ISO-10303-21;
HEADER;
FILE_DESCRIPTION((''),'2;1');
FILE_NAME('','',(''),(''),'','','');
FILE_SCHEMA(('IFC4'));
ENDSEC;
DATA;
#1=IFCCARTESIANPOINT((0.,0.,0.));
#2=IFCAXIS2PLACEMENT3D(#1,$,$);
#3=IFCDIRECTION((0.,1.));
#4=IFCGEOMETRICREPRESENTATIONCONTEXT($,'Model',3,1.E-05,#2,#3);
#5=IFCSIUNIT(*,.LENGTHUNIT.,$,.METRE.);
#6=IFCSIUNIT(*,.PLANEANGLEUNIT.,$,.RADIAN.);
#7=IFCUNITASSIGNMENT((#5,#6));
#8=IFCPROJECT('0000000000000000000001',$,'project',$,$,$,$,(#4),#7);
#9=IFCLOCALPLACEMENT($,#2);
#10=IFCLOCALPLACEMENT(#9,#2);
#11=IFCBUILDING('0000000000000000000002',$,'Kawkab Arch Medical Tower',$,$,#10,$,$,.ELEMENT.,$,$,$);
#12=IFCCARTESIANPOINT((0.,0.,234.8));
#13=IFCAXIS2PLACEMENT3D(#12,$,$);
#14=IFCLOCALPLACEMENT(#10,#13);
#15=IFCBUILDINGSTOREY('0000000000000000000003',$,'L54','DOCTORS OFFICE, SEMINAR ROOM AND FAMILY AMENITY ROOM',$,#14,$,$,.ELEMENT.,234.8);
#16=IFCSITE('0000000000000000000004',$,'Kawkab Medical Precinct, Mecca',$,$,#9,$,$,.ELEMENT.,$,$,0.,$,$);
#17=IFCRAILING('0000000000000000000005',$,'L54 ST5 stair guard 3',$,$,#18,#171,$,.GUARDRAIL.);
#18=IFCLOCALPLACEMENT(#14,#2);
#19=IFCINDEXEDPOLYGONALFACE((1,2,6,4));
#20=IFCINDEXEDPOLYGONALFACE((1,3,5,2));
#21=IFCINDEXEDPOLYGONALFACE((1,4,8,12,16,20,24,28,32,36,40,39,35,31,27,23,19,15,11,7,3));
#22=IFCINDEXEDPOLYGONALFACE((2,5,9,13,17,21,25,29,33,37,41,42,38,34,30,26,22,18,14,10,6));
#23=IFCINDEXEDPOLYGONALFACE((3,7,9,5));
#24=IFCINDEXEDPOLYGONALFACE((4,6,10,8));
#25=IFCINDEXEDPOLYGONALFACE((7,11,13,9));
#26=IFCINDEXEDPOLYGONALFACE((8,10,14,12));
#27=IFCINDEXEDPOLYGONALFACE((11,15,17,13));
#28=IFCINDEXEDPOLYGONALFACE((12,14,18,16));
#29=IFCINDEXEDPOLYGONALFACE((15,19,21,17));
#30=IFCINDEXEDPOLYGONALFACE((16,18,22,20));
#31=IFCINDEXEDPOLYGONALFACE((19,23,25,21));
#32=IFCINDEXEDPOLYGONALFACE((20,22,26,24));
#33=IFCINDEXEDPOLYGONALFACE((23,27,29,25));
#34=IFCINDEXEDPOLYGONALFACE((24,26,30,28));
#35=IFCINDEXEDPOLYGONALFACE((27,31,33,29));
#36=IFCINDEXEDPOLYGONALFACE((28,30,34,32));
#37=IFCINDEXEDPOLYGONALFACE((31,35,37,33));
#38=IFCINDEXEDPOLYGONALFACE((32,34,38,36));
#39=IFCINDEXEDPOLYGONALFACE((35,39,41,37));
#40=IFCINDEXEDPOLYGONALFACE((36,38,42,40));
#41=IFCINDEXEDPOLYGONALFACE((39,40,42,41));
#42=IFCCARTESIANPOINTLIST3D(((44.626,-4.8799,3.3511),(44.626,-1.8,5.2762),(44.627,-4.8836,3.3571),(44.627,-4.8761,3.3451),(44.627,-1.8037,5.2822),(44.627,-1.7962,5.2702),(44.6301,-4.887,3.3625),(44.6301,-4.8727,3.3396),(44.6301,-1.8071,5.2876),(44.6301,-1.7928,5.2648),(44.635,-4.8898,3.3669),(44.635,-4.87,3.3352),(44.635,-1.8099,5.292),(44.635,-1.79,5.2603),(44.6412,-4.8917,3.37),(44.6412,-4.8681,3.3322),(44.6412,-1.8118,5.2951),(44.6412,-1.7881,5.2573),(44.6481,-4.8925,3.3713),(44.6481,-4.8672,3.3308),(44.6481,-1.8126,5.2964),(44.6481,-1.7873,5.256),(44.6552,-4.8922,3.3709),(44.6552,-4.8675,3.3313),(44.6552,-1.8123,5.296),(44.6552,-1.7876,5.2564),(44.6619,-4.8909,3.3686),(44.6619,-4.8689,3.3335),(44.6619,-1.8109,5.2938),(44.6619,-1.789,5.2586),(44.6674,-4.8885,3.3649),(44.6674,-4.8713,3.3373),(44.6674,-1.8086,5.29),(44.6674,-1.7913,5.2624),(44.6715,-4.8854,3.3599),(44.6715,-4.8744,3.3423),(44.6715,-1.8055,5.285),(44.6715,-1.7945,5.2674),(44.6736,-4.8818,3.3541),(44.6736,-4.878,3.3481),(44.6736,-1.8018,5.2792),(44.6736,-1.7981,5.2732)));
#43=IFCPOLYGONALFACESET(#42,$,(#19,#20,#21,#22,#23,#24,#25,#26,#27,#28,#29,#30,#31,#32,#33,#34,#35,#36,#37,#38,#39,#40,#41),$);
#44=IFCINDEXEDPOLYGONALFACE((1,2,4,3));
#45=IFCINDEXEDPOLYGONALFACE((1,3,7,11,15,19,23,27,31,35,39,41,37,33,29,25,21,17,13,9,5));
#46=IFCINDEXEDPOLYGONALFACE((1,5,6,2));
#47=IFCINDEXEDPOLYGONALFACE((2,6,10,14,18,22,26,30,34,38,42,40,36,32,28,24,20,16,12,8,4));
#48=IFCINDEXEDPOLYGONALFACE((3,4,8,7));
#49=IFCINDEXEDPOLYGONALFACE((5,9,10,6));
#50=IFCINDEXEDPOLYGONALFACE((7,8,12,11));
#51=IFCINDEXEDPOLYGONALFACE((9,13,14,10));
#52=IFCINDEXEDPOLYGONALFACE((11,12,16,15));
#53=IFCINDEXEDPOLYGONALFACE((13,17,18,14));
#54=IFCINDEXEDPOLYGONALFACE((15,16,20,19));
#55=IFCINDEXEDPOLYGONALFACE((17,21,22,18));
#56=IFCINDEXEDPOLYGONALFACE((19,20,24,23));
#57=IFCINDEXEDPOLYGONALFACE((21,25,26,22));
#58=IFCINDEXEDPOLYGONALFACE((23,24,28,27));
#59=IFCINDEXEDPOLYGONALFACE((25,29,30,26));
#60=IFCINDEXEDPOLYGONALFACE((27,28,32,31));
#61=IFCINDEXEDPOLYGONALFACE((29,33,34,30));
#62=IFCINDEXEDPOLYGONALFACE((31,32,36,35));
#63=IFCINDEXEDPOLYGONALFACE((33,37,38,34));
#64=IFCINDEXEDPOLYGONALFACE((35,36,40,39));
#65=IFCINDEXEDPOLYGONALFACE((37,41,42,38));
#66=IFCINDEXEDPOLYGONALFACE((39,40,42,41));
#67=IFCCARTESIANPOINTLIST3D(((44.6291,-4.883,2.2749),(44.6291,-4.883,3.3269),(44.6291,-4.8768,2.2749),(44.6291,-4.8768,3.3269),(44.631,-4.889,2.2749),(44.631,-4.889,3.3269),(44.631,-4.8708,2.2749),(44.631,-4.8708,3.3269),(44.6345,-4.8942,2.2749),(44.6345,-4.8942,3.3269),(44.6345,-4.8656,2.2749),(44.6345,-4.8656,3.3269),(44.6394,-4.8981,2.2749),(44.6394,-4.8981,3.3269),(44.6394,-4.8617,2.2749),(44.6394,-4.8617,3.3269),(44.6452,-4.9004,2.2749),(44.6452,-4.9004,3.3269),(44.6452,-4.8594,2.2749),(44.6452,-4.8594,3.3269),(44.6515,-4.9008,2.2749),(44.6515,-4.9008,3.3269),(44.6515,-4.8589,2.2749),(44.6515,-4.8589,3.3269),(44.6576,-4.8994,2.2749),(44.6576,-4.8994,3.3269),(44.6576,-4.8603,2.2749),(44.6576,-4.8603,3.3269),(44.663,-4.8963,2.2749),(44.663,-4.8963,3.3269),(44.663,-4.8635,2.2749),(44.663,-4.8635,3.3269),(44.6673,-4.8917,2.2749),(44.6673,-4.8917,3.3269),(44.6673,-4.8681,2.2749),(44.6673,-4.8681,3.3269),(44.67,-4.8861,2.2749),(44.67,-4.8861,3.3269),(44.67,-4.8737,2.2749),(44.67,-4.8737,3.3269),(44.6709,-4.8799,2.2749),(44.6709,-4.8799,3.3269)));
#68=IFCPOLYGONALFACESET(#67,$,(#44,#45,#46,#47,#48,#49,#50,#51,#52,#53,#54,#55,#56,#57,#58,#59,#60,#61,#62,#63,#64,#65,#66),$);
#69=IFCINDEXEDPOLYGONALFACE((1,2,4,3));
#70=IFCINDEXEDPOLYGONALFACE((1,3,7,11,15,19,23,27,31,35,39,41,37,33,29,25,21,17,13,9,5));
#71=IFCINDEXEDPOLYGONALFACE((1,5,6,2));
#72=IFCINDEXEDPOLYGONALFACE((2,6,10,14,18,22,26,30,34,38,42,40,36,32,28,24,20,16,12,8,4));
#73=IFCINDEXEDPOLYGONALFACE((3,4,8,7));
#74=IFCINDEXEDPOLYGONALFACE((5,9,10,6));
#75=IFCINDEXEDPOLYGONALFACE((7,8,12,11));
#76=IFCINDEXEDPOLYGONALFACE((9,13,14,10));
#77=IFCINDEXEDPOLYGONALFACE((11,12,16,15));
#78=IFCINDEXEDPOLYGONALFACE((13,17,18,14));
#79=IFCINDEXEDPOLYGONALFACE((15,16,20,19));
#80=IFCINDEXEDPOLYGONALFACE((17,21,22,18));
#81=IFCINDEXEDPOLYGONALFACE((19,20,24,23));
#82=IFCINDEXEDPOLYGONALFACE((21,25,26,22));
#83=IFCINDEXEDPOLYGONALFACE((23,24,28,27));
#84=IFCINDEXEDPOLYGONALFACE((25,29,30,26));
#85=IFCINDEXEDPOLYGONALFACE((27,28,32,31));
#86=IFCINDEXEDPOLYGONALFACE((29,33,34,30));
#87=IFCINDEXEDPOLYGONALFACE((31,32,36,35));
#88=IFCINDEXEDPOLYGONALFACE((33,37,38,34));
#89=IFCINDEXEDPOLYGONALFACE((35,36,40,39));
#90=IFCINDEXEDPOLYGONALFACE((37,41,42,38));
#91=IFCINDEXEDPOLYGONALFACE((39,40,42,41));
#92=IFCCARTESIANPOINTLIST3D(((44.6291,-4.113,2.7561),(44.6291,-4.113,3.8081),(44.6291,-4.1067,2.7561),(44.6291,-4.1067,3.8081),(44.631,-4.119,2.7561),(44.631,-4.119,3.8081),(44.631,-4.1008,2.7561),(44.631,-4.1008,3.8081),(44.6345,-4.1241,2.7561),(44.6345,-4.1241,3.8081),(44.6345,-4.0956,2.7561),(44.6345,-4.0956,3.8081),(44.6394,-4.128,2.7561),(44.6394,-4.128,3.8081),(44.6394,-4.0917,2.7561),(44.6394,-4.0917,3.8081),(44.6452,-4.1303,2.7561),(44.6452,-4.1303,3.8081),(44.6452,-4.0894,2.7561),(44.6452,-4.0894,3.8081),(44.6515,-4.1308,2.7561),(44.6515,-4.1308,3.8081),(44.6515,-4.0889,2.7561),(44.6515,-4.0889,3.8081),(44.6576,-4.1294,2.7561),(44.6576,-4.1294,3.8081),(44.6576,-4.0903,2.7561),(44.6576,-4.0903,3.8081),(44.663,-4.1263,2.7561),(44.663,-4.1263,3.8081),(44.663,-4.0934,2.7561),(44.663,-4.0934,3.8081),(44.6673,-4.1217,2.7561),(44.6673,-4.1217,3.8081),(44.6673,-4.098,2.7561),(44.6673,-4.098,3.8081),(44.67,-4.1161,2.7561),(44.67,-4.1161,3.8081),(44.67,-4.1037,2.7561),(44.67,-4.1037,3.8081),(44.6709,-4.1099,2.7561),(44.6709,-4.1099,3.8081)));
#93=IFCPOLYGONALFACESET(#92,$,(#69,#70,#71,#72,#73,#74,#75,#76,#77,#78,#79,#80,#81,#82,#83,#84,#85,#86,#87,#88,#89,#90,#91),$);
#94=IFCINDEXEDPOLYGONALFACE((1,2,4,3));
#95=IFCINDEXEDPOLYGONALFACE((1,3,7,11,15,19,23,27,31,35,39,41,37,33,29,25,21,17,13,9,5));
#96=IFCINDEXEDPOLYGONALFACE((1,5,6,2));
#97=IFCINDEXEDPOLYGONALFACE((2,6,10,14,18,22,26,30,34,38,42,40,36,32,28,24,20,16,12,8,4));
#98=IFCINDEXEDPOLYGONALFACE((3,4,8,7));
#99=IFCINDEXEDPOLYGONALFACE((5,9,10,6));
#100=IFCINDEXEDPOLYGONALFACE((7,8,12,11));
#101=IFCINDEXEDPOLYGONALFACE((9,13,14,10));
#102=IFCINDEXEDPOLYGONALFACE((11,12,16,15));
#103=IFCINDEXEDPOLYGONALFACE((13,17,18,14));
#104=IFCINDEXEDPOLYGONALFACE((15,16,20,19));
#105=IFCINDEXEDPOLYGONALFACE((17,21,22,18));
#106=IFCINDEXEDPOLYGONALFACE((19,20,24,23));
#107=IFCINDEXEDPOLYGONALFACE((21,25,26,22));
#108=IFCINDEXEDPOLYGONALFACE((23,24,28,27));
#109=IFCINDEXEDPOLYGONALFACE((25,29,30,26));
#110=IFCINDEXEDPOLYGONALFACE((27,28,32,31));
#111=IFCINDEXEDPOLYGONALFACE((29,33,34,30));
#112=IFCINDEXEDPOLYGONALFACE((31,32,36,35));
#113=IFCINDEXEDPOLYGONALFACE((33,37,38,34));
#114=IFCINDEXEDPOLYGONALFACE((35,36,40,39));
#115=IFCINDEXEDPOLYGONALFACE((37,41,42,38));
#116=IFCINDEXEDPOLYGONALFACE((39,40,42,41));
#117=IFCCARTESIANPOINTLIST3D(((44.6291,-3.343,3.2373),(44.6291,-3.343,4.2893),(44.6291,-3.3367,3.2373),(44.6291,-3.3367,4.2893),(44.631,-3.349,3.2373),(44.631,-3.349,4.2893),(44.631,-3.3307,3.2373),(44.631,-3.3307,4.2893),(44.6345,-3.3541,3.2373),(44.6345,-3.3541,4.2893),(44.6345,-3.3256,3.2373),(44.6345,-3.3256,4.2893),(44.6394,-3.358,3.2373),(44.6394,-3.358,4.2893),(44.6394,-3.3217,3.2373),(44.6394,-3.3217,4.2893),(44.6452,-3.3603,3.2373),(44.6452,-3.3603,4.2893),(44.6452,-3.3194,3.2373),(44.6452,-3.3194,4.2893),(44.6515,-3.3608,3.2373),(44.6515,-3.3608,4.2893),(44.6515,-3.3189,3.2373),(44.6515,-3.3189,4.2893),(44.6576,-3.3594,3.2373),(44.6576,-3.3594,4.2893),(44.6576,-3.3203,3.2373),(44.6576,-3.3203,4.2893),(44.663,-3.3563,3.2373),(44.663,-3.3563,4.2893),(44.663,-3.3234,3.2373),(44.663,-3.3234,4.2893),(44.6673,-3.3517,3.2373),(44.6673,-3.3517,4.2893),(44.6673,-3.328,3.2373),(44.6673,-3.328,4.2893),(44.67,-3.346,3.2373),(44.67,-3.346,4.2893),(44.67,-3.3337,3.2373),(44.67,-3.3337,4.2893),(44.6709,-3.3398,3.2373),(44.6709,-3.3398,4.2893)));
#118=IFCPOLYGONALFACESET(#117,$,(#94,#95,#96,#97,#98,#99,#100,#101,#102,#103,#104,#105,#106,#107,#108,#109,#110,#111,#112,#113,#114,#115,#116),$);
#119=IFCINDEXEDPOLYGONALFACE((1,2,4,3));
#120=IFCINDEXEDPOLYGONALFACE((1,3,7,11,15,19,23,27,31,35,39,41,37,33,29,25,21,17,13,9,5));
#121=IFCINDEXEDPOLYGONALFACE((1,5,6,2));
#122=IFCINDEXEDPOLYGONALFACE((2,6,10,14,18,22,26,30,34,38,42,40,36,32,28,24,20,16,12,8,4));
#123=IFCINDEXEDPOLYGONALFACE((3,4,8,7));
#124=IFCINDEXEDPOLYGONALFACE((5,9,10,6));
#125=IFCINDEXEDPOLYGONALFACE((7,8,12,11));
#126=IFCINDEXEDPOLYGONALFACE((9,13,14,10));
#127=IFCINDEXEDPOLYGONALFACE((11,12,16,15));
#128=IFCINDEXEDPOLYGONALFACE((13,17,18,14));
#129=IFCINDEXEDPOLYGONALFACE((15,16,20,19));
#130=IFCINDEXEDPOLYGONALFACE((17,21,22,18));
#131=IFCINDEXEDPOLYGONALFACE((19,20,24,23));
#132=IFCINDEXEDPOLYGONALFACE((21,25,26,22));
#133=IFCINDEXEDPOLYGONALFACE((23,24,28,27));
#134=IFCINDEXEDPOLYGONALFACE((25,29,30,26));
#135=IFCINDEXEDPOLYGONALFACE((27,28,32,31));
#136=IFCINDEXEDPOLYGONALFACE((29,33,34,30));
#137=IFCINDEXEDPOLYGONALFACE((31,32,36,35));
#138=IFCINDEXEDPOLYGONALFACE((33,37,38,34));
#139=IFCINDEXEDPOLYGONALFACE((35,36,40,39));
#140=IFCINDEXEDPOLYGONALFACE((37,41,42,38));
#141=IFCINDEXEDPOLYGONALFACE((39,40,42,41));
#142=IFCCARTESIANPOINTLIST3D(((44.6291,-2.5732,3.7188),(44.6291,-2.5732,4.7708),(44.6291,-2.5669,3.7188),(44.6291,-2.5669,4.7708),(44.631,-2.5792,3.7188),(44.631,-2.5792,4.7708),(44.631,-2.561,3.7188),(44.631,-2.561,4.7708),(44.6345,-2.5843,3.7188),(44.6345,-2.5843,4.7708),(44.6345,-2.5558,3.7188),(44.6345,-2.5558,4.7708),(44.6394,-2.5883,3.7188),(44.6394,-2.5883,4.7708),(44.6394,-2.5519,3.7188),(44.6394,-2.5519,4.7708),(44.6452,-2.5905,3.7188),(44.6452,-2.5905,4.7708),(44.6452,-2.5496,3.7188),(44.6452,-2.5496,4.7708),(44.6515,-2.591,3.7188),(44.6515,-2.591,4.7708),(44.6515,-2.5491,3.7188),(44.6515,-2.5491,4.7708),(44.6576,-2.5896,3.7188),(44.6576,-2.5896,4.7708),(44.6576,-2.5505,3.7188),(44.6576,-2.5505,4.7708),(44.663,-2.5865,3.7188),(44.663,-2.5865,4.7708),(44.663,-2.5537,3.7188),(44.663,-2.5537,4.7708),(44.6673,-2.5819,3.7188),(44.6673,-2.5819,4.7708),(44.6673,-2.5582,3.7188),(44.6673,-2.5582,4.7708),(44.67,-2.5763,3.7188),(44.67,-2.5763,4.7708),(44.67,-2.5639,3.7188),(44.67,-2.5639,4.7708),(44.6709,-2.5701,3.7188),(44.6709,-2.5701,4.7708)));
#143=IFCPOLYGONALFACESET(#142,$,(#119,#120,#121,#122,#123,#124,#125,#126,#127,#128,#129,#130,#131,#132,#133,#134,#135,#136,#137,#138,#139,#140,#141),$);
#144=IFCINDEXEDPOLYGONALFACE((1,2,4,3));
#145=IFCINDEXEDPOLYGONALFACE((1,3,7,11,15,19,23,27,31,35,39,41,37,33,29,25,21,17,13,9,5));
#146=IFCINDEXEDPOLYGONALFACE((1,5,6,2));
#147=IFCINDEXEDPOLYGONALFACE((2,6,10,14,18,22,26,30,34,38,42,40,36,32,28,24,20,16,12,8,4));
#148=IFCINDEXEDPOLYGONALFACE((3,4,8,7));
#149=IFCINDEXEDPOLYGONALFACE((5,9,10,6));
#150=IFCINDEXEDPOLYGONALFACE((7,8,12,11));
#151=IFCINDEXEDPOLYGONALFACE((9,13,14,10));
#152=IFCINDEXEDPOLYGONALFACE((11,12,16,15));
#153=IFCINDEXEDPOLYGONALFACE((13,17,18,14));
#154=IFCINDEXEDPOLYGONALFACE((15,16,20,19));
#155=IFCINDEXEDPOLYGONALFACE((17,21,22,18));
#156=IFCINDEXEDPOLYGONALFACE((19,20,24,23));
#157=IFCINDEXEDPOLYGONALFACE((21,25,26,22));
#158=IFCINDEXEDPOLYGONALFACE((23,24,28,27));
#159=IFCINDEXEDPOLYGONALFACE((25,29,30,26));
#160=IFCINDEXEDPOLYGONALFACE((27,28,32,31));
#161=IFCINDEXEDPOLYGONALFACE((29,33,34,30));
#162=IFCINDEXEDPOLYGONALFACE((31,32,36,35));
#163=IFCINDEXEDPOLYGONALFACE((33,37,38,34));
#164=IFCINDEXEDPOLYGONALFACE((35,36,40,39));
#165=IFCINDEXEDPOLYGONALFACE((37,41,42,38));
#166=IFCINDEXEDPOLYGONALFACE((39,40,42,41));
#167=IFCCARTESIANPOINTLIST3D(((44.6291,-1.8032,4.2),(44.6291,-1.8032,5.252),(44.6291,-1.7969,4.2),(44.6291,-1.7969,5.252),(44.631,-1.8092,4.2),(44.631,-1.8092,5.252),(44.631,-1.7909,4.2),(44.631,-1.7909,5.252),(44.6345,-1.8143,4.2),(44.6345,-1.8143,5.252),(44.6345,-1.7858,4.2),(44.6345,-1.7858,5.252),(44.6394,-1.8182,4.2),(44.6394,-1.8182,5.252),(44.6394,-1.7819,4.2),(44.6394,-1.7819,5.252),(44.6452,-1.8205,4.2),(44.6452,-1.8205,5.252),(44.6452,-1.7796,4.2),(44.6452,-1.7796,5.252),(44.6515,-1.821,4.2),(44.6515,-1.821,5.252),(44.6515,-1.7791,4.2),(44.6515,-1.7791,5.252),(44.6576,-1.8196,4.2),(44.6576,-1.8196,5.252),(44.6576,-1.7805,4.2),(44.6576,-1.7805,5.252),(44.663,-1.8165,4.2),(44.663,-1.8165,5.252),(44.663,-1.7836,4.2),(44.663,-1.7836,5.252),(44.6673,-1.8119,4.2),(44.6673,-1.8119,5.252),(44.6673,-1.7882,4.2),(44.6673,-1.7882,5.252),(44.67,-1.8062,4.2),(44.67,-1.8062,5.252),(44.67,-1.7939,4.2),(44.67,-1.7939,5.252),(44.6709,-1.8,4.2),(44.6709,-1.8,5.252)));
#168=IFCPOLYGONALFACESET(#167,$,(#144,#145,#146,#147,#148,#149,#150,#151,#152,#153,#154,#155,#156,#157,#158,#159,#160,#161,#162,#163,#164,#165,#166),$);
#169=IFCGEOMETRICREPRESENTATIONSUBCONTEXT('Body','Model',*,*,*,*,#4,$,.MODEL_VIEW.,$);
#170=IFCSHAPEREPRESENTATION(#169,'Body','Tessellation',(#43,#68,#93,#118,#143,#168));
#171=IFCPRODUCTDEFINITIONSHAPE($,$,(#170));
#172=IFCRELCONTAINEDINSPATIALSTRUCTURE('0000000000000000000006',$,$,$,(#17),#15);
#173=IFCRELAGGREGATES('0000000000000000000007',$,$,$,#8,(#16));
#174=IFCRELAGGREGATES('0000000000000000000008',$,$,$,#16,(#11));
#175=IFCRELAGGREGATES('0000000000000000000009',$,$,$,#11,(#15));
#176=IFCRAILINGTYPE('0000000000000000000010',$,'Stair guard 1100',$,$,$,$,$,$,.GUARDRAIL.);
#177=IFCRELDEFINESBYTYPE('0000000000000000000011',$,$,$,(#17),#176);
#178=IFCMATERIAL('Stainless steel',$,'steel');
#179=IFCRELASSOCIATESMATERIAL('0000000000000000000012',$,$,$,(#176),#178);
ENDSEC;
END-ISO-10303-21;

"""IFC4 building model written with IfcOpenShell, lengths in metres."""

from ifc_helpers import new_model, si_unit, direction, frame, origin, origin_2d, place, context, subcontext, project, spatial, circle, extrude, material, type_object, element, save


model = new_model("IFC4")

# Units and contexts
model_context = context("Model", 3, precision=1e-05, world=origin(), true_north=direction((0.0, 1.0)))
body_context = subcontext(model_context, "Body", "Model", "MODEL_VIEW")
ifc_project = project(units=[si_unit("LENGTHUNIT", "METRE"), si_unit("PLANEANGLEUNIT", "RADIAN")], contexts=[model_context])

# Site, building, storey
site_placement = place(None, origin())
site = spatial("IfcSite", under=ifc_project, at=site_placement, Name="Kawkab Medical Precinct, Mecca", CompositionType="ELEMENT", RefElevation=0.0)
building_placement = place(site_placement, origin())
building = spatial("IfcBuilding", under=site, at=building_placement, Name="Kawkab Arch Medical Tower", CompositionType="ELEMENT")
storey_placement = place(building_placement, frame((0.0, 0.0, 234.8)))
storey = spatial("IfcBuildingStorey", under=building, at=storey_placement, Name="L54", Description="DOCTORS OFFICE, SEMINAR ROOM AND FAMILY AMENITY ROOM", CompositionType="ELEMENT", Elevation=234.8)

# Railing
ifc_material_1 = material(Name="Stainless steel", Category="steel")
railing_type_1 = type_object("IfcRailingType", Name="Stair guard 1100", PredefinedType="GUARDRAIL", material=ifc_material_1)
railing_1_placement = place(storey_placement, frame((44.6499, -4.8799, 2.2749)))
element("IfcRailing", 1, at=railing_1_placement, inside=storey, type_object=railing_type_1, Name="L54 ST5 stair guard 3", PredefinedType="GUARDRAIL", context=body_context, shape_type="SweptSolid", body=[
    extrude(circle(Radius=0.0239, at=origin_2d()), frame((0.0, 0.0, 1.0762), z_axis=(0.0, 0.847979, 0.530029), x_axis=(-1.0, 0.0, 0.0)), (0.0, 0.0, 1.0), 3.6321),
    extrude(circle(Radius=0.021, at=origin_2d()), origin(), (0.0, 0.0, 1.0), 1.052),
    extrude(circle(Radius=0.021, at=origin_2d()), frame((0.0, 0.77, 0.4812)), (0.0, 0.0, 1.0), 1.052),
    extrude(circle(Radius=0.021, at=origin_2d()), frame((0.0, 1.54, 0.9624)), (0.0, 0.0, 1.0), 1.052),
    extrude(circle(Radius=0.021, at=origin_2d()), frame((0.0, 2.3098, 1.4438)), (0.0, 0.0, 1.0), 1.052),
    extrude(circle(Radius=0.021, at=origin_2d()), frame((0.0, 3.0798, 1.925)), (0.0, 0.0, 1.0), 1.052),
])

save(model, "model.ifc")
